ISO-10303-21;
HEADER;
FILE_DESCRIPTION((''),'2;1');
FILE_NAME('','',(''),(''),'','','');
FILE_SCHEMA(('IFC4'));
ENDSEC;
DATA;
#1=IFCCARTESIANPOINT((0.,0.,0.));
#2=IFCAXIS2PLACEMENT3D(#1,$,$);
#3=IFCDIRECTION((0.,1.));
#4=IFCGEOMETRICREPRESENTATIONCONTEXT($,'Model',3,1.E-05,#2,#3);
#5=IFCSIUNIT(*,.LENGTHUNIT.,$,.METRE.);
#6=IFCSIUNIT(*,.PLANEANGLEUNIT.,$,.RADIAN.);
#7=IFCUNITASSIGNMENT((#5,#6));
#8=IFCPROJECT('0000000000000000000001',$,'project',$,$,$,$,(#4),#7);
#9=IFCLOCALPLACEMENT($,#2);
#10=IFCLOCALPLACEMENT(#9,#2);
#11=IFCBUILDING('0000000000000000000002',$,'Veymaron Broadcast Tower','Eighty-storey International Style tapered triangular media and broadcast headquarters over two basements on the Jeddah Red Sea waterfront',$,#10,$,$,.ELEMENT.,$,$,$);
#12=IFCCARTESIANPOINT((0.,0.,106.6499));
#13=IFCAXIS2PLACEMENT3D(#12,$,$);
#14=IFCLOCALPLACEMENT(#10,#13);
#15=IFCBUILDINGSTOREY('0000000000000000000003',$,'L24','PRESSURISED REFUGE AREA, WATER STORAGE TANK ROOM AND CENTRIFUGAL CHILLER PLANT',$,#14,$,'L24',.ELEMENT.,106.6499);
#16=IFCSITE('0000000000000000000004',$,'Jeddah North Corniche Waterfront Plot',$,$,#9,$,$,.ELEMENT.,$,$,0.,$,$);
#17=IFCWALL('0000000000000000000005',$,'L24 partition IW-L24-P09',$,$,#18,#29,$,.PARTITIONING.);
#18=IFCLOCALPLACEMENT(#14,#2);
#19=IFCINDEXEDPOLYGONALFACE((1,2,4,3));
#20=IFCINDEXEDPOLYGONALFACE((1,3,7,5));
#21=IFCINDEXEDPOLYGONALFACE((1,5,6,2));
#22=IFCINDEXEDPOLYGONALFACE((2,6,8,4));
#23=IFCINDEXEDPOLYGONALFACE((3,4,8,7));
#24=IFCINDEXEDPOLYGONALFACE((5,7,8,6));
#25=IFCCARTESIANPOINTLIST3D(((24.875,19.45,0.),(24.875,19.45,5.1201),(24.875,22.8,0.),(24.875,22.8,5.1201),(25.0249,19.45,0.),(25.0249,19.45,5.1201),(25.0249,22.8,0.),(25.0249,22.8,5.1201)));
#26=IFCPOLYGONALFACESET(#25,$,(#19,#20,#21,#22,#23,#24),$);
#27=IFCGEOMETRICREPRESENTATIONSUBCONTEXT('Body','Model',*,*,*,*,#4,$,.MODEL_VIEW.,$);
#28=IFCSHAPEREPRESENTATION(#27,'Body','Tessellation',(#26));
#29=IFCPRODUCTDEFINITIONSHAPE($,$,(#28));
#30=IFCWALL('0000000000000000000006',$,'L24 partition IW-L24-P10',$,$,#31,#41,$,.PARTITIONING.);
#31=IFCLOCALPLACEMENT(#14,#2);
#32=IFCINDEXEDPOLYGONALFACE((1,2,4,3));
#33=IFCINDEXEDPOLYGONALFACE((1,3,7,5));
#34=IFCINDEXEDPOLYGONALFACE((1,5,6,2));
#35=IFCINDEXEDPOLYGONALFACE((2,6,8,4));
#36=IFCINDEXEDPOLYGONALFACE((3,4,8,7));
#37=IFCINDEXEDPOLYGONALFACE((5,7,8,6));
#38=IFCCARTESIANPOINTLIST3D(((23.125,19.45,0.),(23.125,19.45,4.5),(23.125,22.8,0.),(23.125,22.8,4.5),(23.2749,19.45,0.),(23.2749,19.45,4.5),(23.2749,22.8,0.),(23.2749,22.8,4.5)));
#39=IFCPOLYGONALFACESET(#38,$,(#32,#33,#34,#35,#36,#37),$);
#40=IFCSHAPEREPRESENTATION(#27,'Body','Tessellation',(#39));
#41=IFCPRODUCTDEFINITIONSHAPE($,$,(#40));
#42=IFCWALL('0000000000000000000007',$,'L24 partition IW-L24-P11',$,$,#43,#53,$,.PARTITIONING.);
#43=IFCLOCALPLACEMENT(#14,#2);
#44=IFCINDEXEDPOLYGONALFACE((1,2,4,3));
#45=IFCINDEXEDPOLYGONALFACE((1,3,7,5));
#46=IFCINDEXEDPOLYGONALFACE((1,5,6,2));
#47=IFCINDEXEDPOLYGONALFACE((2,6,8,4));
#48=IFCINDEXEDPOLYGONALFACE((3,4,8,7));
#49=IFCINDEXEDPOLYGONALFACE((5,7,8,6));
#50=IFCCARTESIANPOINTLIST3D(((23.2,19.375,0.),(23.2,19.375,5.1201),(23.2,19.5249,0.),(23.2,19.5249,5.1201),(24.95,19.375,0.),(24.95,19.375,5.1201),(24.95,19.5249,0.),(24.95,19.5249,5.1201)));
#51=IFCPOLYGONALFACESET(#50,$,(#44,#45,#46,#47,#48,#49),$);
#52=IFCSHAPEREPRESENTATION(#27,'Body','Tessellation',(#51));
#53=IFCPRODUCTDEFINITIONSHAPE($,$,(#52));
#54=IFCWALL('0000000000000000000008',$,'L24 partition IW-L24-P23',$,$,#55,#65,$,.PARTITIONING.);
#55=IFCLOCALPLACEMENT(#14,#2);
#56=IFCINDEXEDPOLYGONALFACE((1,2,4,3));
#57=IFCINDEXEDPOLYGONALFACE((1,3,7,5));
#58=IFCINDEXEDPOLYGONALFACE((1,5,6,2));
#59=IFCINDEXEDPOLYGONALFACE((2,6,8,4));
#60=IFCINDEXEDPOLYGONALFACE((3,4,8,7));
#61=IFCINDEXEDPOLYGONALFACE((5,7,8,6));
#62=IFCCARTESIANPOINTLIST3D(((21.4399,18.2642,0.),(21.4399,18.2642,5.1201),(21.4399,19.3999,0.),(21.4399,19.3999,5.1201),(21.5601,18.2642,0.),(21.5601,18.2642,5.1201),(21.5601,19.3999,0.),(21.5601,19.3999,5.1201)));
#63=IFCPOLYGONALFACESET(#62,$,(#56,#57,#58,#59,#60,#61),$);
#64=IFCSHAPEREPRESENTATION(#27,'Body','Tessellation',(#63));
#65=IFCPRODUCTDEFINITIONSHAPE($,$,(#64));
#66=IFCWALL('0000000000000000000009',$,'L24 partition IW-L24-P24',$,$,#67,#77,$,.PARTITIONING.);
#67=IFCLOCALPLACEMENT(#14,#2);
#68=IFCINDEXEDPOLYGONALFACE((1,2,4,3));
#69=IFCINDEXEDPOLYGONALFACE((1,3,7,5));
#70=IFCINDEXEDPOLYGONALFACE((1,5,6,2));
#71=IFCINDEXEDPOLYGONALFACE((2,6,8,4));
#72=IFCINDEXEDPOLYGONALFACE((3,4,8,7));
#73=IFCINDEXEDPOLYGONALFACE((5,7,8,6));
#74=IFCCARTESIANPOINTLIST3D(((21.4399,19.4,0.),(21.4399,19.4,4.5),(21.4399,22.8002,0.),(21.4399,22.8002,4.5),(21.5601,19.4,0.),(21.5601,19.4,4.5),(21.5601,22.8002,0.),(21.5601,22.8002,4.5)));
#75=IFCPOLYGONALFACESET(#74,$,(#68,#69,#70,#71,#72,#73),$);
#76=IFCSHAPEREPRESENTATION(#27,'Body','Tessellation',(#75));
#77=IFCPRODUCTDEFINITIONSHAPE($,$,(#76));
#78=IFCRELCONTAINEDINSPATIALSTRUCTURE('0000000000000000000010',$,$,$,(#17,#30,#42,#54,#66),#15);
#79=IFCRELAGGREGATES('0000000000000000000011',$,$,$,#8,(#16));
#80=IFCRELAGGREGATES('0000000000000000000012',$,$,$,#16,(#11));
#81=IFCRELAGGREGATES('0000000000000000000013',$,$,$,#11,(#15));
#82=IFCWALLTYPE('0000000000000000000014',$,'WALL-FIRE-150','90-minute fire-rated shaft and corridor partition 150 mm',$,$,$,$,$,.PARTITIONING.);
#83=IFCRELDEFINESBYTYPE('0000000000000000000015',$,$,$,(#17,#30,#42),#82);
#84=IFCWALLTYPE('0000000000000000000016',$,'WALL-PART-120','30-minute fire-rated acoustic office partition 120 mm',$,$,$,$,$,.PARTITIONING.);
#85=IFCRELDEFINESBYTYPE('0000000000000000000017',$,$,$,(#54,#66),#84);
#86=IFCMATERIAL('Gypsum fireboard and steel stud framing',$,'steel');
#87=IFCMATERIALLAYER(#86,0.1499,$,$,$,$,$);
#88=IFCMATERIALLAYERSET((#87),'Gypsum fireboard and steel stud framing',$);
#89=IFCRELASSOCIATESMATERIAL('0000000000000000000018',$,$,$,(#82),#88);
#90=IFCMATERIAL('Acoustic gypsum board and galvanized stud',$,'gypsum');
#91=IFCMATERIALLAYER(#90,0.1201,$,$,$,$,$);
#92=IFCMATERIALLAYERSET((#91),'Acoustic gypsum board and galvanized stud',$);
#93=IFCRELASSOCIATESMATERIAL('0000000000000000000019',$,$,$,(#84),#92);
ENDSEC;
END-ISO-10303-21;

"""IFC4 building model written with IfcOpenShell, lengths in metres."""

from ifc_helpers import new_model, si_unit, direction, frame, frame_2d, origin, place, context, subcontext, project, spatial, rectangle, extrude, material, layer, layer_set, type_object, element, save


model = new_model("IFC4")

# Units and contexts
model_context = context("Model", 3, precision=1e-05, world=origin(), true_north=direction((0.0, 1.0)))
body_context = subcontext(model_context, "Body", "Model", "MODEL_VIEW")
ifc_project = project(units=[si_unit("LENGTHUNIT", "METRE"), si_unit("PLANEANGLEUNIT", "RADIAN")], contexts=[model_context])

# Site, building, storey
site_placement = place(None, origin())
site = spatial("IfcSite", under=ifc_project, at=site_placement, Name="Jeddah North Corniche Waterfront Plot", CompositionType="ELEMENT", RefElevation=0.0)
building_placement = place(site_placement, origin())
building = spatial("IfcBuilding", under=site, at=building_placement, Name="Veymaron Broadcast Tower", Description="Eighty-storey International Style tapered triangular media and broadcast headquarters over two basements on the Jeddah Red Sea waterfront", CompositionType="ELEMENT")
storey_placement = place(building_placement, frame((0.0, 0.0, 106.6499)))
storey = spatial("IfcBuildingStorey", under=building, at=storey_placement, Name="L24", Description="PRESSURISED REFUGE AREA, WATER STORAGE TANK ROOM AND CENTRIFUGAL CHILLER PLANT", LongName="L24", CompositionType="ELEMENT", Elevation=106.6499)

# Walls
ifc_material_1 = material(Name="Gypsum fireboard and steel stud framing", Category="steel")
ifc_layer_1 = layer(ifc_material_1, 0.1499)
ifc_layer_set_1 = layer_set([ifc_layer_1], Name="Gypsum fireboard and steel stud framing")
wall_type_1 = type_object("IfcWallType", Name="WALL-FIRE-150", Description="90-minute fire-rated shaft and corridor partition 150 mm", PredefinedType="PARTITIONING", material=ifc_layer_set_1)
wall_1_placement = place(storey_placement, frame((24.95, 19.45, 0.0), z_axis=(0.0, 0.0, 1.0), x_axis=(0.0, 1.0, 0.0)))
element("IfcWall", 1, at=wall_1_placement, inside=storey, type_object=wall_type_1, Name="L24 partition IW-L24-P09", PredefinedType="PARTITIONING", context=body_context, shape_type="SweptSolid", body=[
    extrude(rectangle(XDim=3.3501, YDim=0.1499, at=frame_2d((1.675, 0.0))), origin(), (0.0, 0.0, 1.0), 5.1201),
])
wall_2_placement = place(storey_placement, frame((23.2, 19.45, 0.0), z_axis=(0.0, 0.0, 1.0), x_axis=(0.0, 1.0, 0.0)))
element("IfcWall", 2, at=wall_2_placement, inside=storey, type_object=wall_type_1, Name="L24 partition IW-L24-P10", PredefinedType="PARTITIONING", context=body_context, shape_type="SweptSolid", body=[
    extrude(rectangle(XDim=3.3501, YDim=0.1499, at=frame_2d((1.675, 0.0))), origin(), (0.0, 0.0, 1.0), 4.5),
])
wall_3_placement = place(storey_placement, frame((23.2, 19.45, 0.0), z_axis=(0.0, 0.0, 1.0), x_axis=(1.0, 0.0, 0.0)))
element("IfcWall", 3, at=wall_3_placement, inside=storey, type_object=wall_type_1, Name="L24 partition IW-L24-P11", PredefinedType="PARTITIONING", context=body_context, shape_type="SweptSolid", body=[
    extrude(rectangle(XDim=1.75, YDim=0.1499, at=frame_2d((0.875, 0.0))), origin(), (0.0, 0.0, 1.0), 5.1201),
])
ifc_material_2 = material(Name="Acoustic gypsum board and galvanized stud", Category="gypsum")
ifc_layer_2 = layer(ifc_material_2, 0.1201)
ifc_layer_set_2 = layer_set([ifc_layer_2], Name="Acoustic gypsum board and galvanized stud")
wall_type_2 = type_object("IfcWallType", Name="WALL-PART-120", Description="30-minute fire-rated acoustic office partition 120 mm", PredefinedType="PARTITIONING", material=ifc_layer_set_2)
wall_4_placement = place(storey_placement, frame((21.5, 18.2642, 0.0), z_axis=(0.0, 0.0, 1.0), x_axis=(0.0, 1.0, 0.0)))
element("IfcWall", 4, at=wall_4_placement, inside=storey, type_object=wall_type_2, Name="L24 partition IW-L24-P23", PredefinedType="PARTITIONING", context=body_context, shape_type="SweptSolid", body=[
    extrude(rectangle(XDim=1.1357, YDim=0.1201, at=frame_2d((0.5679, 0.0))), origin(), (0.0, 0.0, 1.0), 5.1201),
])
wall_5_placement = place(storey_placement, frame((21.5, 19.3999, 0.0), z_axis=(0.0, 0.0, 1.0), x_axis=(0.0, 1.0, 0.0)))
element("IfcWall", 5, at=wall_5_placement, inside=storey, type_object=wall_type_2, Name="L24 partition IW-L24-P24", PredefinedType="PARTITIONING", context=body_context, shape_type="SweptSolid", body=[
    extrude(rectangle(XDim=3.4001, YDim=0.1201, at=frame_2d((1.7002, 0.0))), origin(), (0.0, 0.0, 1.0), 4.5),
])

save(model, "model.ifc")
